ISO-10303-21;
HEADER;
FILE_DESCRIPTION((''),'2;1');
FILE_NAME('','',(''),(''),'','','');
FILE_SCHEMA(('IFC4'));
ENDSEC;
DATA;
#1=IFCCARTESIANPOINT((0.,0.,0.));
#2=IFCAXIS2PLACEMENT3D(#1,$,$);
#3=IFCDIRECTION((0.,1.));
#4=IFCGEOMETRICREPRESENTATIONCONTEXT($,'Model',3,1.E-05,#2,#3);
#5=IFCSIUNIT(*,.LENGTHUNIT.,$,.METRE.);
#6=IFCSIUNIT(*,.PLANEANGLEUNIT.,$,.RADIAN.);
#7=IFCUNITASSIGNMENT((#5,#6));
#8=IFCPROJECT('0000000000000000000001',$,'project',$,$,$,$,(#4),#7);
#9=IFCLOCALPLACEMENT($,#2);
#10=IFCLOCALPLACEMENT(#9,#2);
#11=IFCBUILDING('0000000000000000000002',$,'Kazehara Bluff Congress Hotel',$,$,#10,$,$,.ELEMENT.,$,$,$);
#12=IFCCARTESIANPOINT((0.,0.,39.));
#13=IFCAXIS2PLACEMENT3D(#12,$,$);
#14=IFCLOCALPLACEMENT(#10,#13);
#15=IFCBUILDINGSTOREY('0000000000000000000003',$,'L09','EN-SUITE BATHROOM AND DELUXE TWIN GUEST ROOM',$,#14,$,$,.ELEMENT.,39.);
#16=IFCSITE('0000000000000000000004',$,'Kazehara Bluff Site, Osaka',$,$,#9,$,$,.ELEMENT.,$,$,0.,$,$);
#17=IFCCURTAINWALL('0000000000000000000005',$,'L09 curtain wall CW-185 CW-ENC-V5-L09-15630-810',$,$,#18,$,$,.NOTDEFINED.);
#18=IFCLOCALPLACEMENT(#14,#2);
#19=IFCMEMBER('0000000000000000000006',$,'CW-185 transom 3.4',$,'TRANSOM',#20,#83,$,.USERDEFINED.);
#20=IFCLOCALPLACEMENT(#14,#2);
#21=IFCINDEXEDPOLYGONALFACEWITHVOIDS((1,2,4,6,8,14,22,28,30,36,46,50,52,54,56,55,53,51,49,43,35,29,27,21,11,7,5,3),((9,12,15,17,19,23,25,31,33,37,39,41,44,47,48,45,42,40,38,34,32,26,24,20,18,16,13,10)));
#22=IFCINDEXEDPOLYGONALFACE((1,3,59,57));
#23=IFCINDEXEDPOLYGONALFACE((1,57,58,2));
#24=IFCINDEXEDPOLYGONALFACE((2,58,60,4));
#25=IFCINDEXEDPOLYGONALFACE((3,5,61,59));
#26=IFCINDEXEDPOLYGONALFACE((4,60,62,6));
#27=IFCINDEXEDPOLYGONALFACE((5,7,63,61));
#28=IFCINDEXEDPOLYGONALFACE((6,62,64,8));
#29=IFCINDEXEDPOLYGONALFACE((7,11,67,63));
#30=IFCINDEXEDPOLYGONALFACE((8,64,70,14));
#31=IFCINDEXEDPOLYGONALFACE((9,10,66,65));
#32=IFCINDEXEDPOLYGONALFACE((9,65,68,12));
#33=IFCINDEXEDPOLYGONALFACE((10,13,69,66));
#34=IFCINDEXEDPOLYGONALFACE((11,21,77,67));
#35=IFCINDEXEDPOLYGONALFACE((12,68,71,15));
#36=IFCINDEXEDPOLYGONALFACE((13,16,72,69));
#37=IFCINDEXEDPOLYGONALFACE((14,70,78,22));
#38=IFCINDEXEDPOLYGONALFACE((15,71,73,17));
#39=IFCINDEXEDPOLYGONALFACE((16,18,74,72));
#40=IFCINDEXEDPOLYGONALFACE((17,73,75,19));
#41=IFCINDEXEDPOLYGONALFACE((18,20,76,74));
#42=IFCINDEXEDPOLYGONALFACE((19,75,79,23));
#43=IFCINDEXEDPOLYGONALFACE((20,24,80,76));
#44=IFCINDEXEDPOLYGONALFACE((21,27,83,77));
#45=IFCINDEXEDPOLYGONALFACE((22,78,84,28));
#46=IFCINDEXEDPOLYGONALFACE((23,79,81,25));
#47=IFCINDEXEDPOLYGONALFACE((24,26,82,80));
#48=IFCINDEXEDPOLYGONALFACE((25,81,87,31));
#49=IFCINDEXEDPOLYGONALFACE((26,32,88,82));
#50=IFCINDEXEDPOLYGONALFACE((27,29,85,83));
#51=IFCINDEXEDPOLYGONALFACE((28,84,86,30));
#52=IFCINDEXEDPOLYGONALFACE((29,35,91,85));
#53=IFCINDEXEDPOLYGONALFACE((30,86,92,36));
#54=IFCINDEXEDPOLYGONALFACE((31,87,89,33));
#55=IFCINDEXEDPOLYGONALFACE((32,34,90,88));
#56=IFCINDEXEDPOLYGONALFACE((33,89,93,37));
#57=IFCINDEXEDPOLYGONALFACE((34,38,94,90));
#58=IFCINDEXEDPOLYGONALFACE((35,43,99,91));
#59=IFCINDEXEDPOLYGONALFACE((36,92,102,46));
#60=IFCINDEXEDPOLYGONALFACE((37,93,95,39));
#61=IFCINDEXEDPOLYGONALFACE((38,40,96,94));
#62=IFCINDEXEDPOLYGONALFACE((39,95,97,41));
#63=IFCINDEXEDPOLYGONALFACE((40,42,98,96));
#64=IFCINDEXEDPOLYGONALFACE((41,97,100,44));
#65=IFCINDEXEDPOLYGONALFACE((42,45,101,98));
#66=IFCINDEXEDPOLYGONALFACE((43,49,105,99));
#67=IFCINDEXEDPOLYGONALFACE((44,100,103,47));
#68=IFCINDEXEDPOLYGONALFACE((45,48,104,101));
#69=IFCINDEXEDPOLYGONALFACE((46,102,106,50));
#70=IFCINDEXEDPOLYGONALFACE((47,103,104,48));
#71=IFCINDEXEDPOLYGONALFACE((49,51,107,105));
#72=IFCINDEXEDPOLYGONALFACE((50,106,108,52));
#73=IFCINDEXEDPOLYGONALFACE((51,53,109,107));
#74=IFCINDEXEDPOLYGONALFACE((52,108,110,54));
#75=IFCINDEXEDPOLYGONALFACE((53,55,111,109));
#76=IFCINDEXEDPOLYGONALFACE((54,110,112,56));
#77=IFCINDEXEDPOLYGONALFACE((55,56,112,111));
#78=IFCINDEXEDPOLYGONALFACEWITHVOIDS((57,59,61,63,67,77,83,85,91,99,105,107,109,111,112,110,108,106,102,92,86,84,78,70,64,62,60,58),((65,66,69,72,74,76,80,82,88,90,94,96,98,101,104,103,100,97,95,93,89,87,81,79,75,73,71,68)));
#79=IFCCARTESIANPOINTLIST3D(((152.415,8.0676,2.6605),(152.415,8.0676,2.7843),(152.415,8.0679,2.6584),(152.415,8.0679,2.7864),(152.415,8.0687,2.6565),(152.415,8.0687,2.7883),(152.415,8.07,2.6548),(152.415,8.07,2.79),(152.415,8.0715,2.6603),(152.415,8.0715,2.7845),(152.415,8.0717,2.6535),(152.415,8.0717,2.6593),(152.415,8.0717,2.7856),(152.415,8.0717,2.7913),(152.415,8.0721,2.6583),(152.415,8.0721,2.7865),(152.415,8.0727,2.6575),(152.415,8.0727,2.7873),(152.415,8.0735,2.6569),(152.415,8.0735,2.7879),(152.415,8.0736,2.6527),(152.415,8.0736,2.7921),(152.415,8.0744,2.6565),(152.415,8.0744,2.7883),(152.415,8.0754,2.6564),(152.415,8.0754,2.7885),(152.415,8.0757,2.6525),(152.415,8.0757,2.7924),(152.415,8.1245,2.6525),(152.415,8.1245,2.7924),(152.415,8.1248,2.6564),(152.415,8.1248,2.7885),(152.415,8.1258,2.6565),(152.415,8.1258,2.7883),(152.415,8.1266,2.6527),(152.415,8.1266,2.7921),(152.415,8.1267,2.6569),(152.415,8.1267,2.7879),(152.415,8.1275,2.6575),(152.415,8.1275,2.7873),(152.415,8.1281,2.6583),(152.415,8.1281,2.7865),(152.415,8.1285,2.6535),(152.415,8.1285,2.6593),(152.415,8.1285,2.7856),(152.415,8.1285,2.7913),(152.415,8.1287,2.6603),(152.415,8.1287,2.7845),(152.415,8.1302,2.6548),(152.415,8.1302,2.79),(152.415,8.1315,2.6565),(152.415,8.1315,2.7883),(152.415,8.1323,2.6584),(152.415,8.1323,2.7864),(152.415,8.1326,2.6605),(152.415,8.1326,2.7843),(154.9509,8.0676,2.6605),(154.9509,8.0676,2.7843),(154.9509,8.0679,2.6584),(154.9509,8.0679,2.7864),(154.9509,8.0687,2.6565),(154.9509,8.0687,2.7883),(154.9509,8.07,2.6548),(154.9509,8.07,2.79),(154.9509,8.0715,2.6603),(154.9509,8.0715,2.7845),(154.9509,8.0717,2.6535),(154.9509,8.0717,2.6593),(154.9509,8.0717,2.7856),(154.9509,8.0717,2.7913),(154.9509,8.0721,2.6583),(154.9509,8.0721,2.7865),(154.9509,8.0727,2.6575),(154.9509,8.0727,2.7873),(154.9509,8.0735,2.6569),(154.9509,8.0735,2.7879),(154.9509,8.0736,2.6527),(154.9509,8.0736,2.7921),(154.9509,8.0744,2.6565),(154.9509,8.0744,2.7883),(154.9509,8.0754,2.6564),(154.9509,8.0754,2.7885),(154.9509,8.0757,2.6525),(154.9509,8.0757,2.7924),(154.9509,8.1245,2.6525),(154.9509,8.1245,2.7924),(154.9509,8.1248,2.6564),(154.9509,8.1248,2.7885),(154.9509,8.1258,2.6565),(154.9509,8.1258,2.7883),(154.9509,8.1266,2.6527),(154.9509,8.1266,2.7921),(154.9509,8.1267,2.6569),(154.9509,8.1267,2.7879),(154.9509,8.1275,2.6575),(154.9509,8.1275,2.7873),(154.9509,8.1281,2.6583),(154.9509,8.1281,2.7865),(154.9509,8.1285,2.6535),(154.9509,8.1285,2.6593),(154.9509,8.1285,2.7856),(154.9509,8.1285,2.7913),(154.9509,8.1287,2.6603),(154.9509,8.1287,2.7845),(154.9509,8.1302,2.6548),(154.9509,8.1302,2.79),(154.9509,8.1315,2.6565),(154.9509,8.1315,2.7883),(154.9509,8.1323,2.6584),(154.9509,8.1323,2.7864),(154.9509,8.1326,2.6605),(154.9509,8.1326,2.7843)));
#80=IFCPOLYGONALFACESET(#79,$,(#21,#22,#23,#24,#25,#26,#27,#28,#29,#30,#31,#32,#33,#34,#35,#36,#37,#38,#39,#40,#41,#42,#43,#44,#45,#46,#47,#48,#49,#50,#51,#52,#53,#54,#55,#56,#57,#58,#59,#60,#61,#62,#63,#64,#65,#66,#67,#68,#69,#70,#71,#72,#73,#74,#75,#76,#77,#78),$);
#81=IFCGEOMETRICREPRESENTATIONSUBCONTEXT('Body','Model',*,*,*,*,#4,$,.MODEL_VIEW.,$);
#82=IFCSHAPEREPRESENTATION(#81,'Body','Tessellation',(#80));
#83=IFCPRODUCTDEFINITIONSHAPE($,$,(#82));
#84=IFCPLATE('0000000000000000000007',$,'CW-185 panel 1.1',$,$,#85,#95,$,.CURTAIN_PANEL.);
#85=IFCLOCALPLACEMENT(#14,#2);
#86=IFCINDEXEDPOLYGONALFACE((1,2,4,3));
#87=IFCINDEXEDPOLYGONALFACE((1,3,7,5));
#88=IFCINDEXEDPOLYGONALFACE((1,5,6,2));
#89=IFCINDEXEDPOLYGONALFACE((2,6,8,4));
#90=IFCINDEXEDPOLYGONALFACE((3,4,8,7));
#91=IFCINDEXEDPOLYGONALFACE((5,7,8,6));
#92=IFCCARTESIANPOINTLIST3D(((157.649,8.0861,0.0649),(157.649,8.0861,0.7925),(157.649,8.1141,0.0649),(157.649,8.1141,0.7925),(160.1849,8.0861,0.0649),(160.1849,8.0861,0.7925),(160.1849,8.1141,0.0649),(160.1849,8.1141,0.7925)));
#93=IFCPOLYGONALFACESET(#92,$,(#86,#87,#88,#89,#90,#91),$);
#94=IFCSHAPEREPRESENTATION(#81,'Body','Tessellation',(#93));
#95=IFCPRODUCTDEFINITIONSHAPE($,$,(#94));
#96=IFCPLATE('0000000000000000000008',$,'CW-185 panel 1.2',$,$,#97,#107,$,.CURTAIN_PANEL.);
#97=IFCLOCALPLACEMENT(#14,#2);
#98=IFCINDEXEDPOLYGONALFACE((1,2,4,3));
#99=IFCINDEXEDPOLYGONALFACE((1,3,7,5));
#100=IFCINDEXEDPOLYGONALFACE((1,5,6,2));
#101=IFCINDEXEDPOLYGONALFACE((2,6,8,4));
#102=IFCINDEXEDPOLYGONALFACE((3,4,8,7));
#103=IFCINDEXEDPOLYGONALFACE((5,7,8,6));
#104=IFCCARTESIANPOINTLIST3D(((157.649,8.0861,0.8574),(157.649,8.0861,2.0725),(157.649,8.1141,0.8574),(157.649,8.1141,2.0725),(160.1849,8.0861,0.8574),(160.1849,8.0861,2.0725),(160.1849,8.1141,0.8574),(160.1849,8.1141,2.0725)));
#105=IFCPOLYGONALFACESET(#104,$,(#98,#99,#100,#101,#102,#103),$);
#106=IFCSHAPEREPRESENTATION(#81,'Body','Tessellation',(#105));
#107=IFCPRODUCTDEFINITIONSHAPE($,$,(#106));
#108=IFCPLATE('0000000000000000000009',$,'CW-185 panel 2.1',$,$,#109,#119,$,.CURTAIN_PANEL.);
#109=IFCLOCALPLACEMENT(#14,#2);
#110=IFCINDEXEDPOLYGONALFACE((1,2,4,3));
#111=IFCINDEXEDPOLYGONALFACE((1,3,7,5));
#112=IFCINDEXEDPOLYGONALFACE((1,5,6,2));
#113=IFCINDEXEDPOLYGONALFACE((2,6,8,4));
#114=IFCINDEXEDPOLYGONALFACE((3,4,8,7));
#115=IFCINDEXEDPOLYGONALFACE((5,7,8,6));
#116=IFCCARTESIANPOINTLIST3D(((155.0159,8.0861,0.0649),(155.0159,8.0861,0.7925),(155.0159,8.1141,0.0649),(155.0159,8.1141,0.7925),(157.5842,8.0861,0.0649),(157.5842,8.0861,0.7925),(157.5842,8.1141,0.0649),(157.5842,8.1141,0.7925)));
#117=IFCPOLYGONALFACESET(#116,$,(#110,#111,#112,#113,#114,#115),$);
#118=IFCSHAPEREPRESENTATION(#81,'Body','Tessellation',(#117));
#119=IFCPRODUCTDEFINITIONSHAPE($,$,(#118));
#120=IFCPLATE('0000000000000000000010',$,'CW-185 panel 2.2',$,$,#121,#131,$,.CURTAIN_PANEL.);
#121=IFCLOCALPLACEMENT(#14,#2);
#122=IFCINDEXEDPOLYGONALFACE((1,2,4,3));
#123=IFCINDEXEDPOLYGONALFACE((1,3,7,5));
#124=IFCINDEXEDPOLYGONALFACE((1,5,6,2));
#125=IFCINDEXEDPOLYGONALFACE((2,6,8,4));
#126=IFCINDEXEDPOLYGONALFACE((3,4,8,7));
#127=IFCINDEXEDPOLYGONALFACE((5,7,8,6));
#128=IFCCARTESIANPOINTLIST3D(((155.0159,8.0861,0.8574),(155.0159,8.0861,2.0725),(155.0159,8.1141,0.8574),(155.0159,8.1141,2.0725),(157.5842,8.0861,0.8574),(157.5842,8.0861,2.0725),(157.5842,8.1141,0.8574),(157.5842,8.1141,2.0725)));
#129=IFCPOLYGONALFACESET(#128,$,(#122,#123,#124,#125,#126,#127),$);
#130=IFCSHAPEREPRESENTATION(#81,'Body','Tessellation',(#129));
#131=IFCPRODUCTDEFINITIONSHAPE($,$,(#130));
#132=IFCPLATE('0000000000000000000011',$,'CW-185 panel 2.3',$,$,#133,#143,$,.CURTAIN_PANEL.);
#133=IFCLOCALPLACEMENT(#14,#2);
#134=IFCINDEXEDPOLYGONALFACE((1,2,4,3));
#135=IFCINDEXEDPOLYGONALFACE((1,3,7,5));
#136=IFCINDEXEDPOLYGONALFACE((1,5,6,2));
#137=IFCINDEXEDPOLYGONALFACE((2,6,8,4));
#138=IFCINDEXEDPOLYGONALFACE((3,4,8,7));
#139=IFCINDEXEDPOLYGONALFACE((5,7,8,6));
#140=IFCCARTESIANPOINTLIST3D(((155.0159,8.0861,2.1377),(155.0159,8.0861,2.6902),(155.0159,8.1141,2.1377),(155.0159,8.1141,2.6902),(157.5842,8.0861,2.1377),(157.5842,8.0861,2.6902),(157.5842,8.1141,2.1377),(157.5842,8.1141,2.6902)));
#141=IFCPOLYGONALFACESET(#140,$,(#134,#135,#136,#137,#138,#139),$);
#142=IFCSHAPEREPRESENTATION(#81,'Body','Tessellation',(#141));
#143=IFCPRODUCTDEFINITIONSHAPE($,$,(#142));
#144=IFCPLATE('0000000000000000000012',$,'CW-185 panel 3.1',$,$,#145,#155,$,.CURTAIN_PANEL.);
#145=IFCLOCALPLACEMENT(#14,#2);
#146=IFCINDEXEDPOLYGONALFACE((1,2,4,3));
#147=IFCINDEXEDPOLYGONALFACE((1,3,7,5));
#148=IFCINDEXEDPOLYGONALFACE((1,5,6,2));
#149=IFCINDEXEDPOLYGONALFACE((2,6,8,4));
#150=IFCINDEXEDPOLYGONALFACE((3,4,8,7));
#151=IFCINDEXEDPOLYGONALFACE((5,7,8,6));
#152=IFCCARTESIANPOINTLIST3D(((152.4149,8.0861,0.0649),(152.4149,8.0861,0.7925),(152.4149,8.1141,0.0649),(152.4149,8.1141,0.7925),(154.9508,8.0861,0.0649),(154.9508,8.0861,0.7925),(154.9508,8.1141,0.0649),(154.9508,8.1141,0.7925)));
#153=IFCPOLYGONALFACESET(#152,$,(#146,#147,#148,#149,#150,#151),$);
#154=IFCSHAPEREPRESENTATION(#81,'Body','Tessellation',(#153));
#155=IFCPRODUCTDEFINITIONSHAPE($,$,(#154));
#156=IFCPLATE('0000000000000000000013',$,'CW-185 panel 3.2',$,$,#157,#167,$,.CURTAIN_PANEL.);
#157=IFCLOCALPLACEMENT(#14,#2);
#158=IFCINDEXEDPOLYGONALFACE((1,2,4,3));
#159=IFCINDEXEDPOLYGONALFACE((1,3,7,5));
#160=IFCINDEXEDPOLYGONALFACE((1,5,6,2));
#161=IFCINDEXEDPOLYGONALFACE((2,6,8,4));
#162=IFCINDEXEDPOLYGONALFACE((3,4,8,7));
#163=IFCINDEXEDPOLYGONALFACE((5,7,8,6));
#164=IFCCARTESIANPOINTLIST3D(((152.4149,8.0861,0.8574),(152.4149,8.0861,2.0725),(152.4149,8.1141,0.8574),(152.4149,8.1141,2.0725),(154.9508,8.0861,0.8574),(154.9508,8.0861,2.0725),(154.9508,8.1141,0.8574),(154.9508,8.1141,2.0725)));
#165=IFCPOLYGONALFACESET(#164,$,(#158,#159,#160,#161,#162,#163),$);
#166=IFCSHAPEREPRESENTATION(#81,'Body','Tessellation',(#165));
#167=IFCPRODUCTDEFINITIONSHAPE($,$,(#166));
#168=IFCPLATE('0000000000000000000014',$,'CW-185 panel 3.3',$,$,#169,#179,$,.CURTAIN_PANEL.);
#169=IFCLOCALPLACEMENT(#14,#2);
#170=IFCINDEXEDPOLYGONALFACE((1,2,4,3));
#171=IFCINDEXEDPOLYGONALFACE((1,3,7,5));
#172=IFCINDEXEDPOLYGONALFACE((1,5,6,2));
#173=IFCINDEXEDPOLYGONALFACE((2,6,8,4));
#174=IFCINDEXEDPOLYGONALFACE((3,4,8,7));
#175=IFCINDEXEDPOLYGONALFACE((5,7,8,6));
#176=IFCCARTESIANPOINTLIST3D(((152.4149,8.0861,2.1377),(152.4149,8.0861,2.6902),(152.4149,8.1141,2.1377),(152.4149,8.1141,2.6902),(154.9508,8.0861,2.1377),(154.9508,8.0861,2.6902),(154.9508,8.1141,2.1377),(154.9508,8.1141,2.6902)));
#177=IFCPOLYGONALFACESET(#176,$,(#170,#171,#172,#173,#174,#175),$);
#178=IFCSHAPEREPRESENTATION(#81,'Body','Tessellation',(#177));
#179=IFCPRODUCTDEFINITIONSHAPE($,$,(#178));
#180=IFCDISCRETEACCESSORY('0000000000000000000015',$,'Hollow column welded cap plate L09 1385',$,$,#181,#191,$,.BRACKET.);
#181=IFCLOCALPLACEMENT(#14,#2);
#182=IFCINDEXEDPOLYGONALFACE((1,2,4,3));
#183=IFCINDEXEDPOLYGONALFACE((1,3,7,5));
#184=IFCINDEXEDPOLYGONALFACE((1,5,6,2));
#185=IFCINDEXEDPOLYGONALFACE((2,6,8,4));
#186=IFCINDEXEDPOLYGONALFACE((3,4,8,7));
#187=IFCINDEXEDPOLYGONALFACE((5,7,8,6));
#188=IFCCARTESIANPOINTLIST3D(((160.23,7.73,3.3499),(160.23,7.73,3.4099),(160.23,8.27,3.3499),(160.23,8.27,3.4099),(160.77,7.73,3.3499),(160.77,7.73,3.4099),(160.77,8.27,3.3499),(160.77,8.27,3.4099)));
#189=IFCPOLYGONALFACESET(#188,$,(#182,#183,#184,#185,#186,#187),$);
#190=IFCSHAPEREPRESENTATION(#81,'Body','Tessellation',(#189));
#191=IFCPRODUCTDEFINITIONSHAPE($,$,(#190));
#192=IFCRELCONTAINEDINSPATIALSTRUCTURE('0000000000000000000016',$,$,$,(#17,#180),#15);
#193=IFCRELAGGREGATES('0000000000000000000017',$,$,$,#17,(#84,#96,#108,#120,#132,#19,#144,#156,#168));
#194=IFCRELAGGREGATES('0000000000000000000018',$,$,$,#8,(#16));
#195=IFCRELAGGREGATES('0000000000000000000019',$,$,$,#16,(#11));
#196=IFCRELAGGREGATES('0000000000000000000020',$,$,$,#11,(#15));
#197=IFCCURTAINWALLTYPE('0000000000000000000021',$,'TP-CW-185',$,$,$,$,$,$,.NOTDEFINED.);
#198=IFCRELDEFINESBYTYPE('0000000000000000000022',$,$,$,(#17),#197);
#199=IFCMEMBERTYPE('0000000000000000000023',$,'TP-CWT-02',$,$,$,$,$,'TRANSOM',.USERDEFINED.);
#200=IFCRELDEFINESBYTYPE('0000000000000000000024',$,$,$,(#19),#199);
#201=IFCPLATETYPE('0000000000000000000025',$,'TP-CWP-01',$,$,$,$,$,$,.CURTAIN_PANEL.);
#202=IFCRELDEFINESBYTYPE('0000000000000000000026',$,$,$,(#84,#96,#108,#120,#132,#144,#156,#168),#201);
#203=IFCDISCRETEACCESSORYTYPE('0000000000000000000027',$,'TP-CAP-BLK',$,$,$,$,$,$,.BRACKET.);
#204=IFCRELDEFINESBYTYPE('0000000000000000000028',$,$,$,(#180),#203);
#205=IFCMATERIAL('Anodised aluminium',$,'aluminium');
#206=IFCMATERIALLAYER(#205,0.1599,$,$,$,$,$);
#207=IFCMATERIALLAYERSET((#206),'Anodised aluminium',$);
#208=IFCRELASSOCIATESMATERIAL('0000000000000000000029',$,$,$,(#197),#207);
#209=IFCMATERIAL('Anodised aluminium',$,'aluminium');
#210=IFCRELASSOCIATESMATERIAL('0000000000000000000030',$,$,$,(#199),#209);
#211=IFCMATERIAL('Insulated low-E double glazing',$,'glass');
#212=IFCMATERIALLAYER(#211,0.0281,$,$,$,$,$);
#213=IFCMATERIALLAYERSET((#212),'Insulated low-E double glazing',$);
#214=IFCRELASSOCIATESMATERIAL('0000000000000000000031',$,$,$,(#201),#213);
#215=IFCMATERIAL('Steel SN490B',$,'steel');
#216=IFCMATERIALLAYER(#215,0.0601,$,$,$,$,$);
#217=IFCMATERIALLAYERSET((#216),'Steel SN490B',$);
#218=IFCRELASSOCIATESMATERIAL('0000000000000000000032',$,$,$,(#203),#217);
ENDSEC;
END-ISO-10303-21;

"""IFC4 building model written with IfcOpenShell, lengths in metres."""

from ifc_helpers import new_model, si_unit, direction, frame, origin, origin_2d, place, context, subcontext, project, spatial, rectangle, hollow_rectangle, extrude, material, layer, layer_set, material_profile, profile_set, type_object, element, aggregate, save


model = new_model("IFC4")

# Units and contexts
model_context = context("Model", 3, precision=1e-05, world=origin(), true_north=direction((0.0, 1.0)))
body_context = subcontext(model_context, "Body", "Model", "MODEL_VIEW")
ifc_project = project(units=[si_unit("LENGTHUNIT", "METRE"), si_unit("PLANEANGLEUNIT", "RADIAN")], contexts=[model_context])

# Site, building, storey
site_placement = place(None, origin())
site = spatial("IfcSite", under=ifc_project, at=site_placement, Name="Kazehara Bluff Site, Osaka", CompositionType="ELEMENT", RefElevation=0.0)
building_placement = place(site_placement, origin())
building = spatial("IfcBuilding", under=site, at=building_placement, Name="Kazehara Bluff Congress Hotel", CompositionType="ELEMENT")
storey_placement = place(building_placement, frame((0.0, 0.0, 39.0)))
storey = spatial("IfcBuildingStorey", under=building, at=storey_placement, Name="L09", Description="EN-SUITE BATHROOM AND DELUXE TWIN GUEST ROOM", CompositionType="ELEMENT", Elevation=39.0)

# Curtain wall, member, plates
ifc_material_1 = material(Name="Anodised aluminium", Category="aluminium")
ifc_layer_1 = layer(ifc_material_1, 0.1599)
ifc_layer_set_1 = layer_set([ifc_layer_1], Name="Anodised aluminium")
curtain_wall_type = type_object("IfcCurtainWallType", Name="TP-CW-185", PredefinedType="NOTDEFINED", material=ifc_layer_set_1)
curtain_wall_placement = place(storey_placement, origin())
curtain_wall = element("IfcCurtainWall", 1, at=curtain_wall_placement, inside=storey, type_object=curtain_wall_type, Name="L09 curtain wall CW-185 CW-ENC-V5-L09-15630-810", PredefinedType="NOTDEFINED")
ifc_material_2 = material(Name="Anodised aluminium", Category="aluminium")
ifc_material_profile_1 = material_profile(ifc_material_2, hollow_rectangle(XDim=0.0649, YDim=0.1399, WallThickness=0.0039, InnerFilletRadius=0.0039, OuterFilletRadius=0.0081, at=origin_2d()))
ifc_profile_set_1 = profile_set([ifc_material_profile_1], Name="Anodised aluminium")
member_type_1 = type_object("IfcMemberType", Name="TP-CWT-02", ElementType="TRANSOM", PredefinedType="USERDEFINED", material=ifc_profile_set_1)
member_1_placement = place(storey_placement, frame((154.9509, 8.1001, 2.7224), z_axis=(-1.0, 0.0, 0.0), x_axis=(0.0, -1.0, 0.0)))
member_1 = element("IfcMember", 2, at=member_1_placement, type_object=member_type_1, Name="CW-185 transom 3.4", ObjectType="TRANSOM", PredefinedType="USERDEFINED", context=body_context, shape_type="SweptSolid", body=[
    extrude(hollow_rectangle(XDim=0.0649, YDim=0.1399, WallThickness=0.0039, InnerFilletRadius=0.0039, OuterFilletRadius=0.0081, at=origin_2d()), origin(), (0.0, 0.0, 1.0), 2.5359),
])
ifc_material_3 = material(Name="Insulated low-E double glazing", Category="glass")
ifc_layer_2 = layer(ifc_material_3, 0.0281)
ifc_layer_set_2 = layer_set([ifc_layer_2], Name="Insulated low-E double glazing")
plate_type = type_object("IfcPlateType", Name="TP-CWP-01", PredefinedType="CURTAIN_PANEL", material=ifc_layer_set_2)
plate_1_placement = place(storey_placement, frame((158.917, 8.1001, 0.0649), z_axis=(0.0, 0.0, 1.0), x_axis=(-1.0, 0.0, 0.0)))
plate_1 = element("IfcPlate", 3, at=plate_1_placement, type_object=plate_type, Name="CW-185 panel 1.1", PredefinedType="CURTAIN_PANEL", context=body_context, shape_type="SweptSolid", body=[
    extrude(rectangle(XDim=2.5359, YDim=0.0281, at=origin_2d()), origin(), (0.0, 0.0, 1.0), 0.7275),
])
plate_2_placement = place(storey_placement, frame((158.917, 8.1001, 0.8574), z_axis=(0.0, 0.0, 1.0), x_axis=(-1.0, 0.0, 0.0)))
plate_2 = element("IfcPlate", 4, at=plate_2_placement, type_object=plate_type, Name="CW-185 panel 1.2", PredefinedType="CURTAIN_PANEL", context=body_context, shape_type="SweptSolid", body=[
    extrude(rectangle(XDim=2.5359, YDim=0.0281, at=origin_2d()), origin(), (0.0, 0.0, 1.0), 1.2151),
])
plate_3_placement = place(storey_placement, frame((156.3, 8.1001, 0.0649), z_axis=(0.0, 0.0, 1.0), x_axis=(-1.0, 0.0, 0.0)))
plate_3 = element("IfcPlate", 5, at=plate_3_placement, type_object=plate_type, Name="CW-185 panel 2.1", PredefinedType="CURTAIN_PANEL", context=body_context, shape_type="SweptSolid", body=[
    extrude(rectangle(XDim=2.5684, YDim=0.0281, at=origin_2d()), origin(), (0.0, 0.0, 1.0), 0.7275),
])
plate_4_placement = place(storey_placement, frame((156.3, 8.1001, 0.8574), z_axis=(0.0, 0.0, 1.0), x_axis=(-1.0, 0.0, 0.0)))
plate_4 = element("IfcPlate", 6, at=plate_4_placement, type_object=plate_type, Name="CW-185 panel 2.2", PredefinedType="CURTAIN_PANEL", context=body_context, shape_type="SweptSolid", body=[
    extrude(rectangle(XDim=2.5684, YDim=0.0281, at=origin_2d()), origin(), (0.0, 0.0, 1.0), 1.2151),
])
plate_5_placement = place(storey_placement, frame((156.3, 8.1001, 2.1377), z_axis=(0.0, 0.0, 1.0), x_axis=(-1.0, 0.0, 0.0)))
plate_5 = element("IfcPlate", 7, at=plate_5_placement, type_object=plate_type, Name="CW-185 panel 2.3", PredefinedType="CURTAIN_PANEL", context=body_context, shape_type="SweptSolid", body=[
    extrude(rectangle(XDim=2.5684, YDim=0.0281, at=origin_2d()), origin(), (0.0, 0.0, 1.0), 0.5525),
])
plate_6_placement = place(storey_placement, frame((153.6829, 8.1001, 0.0649), z_axis=(0.0, 0.0, 1.0), x_axis=(-1.0, 0.0, 0.0)))
plate_6 = element("IfcPlate", 8, at=plate_6_placement, type_object=plate_type, Name="CW-185 panel 3.1", PredefinedType="CURTAIN_PANEL", context=body_context, shape_type="SweptSolid", body=[
    extrude(rectangle(XDim=2.5359, YDim=0.0281, at=origin_2d()), origin(), (0.0, 0.0, 1.0), 0.7275),
])
plate_7_placement = place(storey_placement, frame((153.6829, 8.1001, 0.8574), z_axis=(0.0, 0.0, 1.0), x_axis=(-1.0, 0.0, 0.0)))
plate_7 = element("IfcPlate", 9, at=plate_7_placement, type_object=plate_type, Name="CW-185 panel 3.2", PredefinedType="CURTAIN_PANEL", context=body_context, shape_type="SweptSolid", body=[
    extrude(rectangle(XDim=2.5359, YDim=0.0281, at=origin_2d()), origin(), (0.0, 0.0, 1.0), 1.2151),
])
plate_8_placement = place(storey_placement, frame((153.6829, 8.1001, 2.1377), z_axis=(0.0, 0.0, 1.0), x_axis=(-1.0, 0.0, 0.0)))
plate_8 = element("IfcPlate", 10, at=plate_8_placement, type_object=plate_type, Name="CW-185 panel 3.3", PredefinedType="CURTAIN_PANEL", context=body_context, shape_type="SweptSolid", body=[
    extrude(rectangle(XDim=2.5359, YDim=0.0281, at=origin_2d()), origin(), (0.0, 0.0, 1.0), 0.5525),
])
aggregate(curtain_wall, [plate_1, plate_2, plate_3, plate_4, plate_5, member_1, plate_6, plate_7, plate_8])

# Discrete accessory
ifc_material_4 = material(Name="Steel SN490B", Category="steel")
ifc_layer_3 = layer(ifc_material_4, 0.0601)
ifc_layer_set_3 = layer_set([ifc_layer_3], Name="Steel SN490B")
discrete_accessory_type = type_object("IfcDiscreteAccessoryType", Name="TP-CAP-BLK", PredefinedType="BRACKET", material=ifc_layer_set_3)
discrete_accessory_placement = place(storey_placement, frame((160.5, 8.0, 3.3499), z_axis=(0.0, 0.0, 1.0), x_axis=(1.0, 0.0, 0.0)))
element("IfcDiscreteAccessory", 11, at=discrete_accessory_placement, inside=storey, type_object=discrete_accessory_type, Name="Hollow column welded cap plate L09 1385", PredefinedType="BRACKET", context=body_context, shape_type="SweptSolid", body=[
    extrude(rectangle(XDim=0.54, YDim=0.54, at=origin_2d()), origin(), (0.0, 0.0, 1.0), 0.0601),
])

save(model, "model.ifc")
